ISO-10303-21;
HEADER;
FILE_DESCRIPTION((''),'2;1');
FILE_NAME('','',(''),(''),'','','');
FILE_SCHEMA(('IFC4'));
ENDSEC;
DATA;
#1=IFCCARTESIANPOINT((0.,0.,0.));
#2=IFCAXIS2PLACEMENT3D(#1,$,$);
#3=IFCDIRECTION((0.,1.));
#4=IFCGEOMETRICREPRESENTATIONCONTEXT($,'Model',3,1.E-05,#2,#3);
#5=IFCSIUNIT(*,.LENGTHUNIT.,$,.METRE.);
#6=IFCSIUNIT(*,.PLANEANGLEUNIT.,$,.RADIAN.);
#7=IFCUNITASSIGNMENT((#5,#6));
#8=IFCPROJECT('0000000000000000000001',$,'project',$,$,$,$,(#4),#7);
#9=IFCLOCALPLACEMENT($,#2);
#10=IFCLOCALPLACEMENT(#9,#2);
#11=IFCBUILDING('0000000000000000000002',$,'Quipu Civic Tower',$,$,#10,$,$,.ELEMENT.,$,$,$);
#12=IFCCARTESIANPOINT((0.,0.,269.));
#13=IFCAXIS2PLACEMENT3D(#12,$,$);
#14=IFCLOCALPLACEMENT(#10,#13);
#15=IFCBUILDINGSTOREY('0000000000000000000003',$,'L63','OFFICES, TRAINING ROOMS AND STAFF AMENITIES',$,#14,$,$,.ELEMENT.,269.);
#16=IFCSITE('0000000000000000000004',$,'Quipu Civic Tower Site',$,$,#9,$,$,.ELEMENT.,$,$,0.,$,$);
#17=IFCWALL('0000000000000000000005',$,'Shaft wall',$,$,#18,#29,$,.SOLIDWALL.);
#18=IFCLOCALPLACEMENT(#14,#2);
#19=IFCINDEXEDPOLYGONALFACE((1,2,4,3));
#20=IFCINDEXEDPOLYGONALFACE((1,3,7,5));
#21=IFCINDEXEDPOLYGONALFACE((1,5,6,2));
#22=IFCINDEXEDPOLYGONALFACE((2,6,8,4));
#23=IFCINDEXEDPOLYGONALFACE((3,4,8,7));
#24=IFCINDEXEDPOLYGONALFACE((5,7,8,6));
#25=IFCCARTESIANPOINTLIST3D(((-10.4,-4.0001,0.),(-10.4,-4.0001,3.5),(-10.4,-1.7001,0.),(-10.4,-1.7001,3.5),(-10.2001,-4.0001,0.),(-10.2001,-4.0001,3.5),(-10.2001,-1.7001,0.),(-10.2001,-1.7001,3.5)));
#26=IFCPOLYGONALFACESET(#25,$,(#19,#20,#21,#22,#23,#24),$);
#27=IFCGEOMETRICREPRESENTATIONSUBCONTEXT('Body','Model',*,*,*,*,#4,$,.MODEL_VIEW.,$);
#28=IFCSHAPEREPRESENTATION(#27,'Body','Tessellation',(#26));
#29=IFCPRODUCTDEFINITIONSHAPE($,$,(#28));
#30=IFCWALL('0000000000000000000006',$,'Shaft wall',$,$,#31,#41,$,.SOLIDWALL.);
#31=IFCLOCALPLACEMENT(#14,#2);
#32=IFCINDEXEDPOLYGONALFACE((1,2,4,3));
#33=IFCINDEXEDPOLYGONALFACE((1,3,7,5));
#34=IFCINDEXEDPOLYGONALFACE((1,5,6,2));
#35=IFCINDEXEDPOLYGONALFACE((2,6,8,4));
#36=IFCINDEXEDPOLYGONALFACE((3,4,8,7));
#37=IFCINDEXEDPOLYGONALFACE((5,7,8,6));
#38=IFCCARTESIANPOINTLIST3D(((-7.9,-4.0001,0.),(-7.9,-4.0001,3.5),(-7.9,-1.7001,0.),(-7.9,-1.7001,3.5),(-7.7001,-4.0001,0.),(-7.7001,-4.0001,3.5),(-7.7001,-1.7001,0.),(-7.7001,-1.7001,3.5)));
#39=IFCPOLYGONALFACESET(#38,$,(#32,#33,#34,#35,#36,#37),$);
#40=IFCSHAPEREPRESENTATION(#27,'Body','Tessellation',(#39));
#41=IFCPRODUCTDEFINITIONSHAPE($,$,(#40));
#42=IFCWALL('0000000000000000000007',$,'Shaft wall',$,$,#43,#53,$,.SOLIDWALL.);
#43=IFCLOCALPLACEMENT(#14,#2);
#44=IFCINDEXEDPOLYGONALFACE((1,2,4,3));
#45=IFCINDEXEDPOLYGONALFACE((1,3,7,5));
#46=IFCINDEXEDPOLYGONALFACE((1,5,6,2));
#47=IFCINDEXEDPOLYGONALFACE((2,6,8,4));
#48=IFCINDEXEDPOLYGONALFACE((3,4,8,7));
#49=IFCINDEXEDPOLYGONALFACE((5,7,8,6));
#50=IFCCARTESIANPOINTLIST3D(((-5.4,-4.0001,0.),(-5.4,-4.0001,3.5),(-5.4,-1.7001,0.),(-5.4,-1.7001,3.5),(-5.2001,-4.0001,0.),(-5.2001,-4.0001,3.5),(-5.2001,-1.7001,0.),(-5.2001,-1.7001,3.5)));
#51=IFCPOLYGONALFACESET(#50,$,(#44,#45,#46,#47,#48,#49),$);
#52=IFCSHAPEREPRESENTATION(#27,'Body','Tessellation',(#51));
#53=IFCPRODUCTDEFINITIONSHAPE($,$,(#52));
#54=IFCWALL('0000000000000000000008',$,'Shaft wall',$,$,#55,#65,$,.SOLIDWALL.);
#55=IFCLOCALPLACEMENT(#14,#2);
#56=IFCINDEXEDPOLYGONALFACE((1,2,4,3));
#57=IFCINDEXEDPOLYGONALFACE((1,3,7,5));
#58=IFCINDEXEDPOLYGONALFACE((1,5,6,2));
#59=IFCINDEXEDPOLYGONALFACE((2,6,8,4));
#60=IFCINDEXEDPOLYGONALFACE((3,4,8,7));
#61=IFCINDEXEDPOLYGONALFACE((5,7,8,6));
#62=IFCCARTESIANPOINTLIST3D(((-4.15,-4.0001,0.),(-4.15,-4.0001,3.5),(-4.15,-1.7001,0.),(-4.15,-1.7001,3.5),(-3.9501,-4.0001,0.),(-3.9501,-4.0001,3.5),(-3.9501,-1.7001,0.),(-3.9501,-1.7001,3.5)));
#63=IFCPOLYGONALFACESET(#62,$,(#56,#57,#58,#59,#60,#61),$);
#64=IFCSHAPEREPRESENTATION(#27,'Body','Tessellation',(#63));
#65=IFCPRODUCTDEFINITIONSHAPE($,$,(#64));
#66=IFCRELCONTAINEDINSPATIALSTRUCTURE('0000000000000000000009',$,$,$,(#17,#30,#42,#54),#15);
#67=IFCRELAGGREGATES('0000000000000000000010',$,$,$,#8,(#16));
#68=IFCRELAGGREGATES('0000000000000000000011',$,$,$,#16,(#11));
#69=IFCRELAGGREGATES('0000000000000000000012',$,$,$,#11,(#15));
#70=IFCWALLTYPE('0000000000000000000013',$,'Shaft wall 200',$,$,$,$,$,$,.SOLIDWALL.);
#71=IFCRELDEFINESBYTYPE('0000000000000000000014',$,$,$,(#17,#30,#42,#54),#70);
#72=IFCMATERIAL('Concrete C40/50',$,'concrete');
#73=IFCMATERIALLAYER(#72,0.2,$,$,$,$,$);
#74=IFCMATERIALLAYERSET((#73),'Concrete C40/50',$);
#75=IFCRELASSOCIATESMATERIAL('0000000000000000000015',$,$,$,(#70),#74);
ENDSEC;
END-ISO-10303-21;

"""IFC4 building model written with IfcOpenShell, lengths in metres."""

from ifc_helpers import new_model, si_unit, direction, frame, frame_2d, origin, place, context, subcontext, project, spatial, rectangle, extrude, material, layer, layer_set, type_object, element, save


model = new_model("IFC4")

# Units and contexts
model_context = context("Model", 3, precision=1e-05, world=origin(), true_north=direction((0.0, 1.0)))
body_context = subcontext(model_context, "Body", "Model", "MODEL_VIEW")
ifc_project = project(units=[si_unit("LENGTHUNIT", "METRE"), si_unit("PLANEANGLEUNIT", "RADIAN")], contexts=[model_context])

# Site, building, storey
site_placement = place(None, origin())
site = spatial("IfcSite", under=ifc_project, at=site_placement, Name="Quipu Civic Tower Site", CompositionType="ELEMENT", RefElevation=0.0)
building_placement = place(site_placement, origin())
building = spatial("IfcBuilding", under=site, at=building_placement, Name="Quipu Civic Tower", CompositionType="ELEMENT")
storey_placement = place(building_placement, frame((0.0, 0.0, 269.0)))
storey = spatial("IfcBuildingStorey", under=building, at=storey_placement, Name="L63", Description="OFFICES, TRAINING ROOMS AND STAFF AMENITIES", CompositionType="ELEMENT", Elevation=269.0)

# Walls
ifc_material_1 = material(Name="Concrete C40/50", Category="concrete")
ifc_layer_1 = layer(ifc_material_1, 0.2)
ifc_layer_set_1 = layer_set([ifc_layer_1], Name="Concrete C40/50")
wall_type_1 = type_object("IfcWallType", Name="Shaft wall 200", PredefinedType="SOLIDWALL", material=ifc_layer_set_1)
for number, where, z_axis, x_axis, name in (
    (1, (-10.3, -4.0, 0.0), (0.0, 0.0, 1.0), (0.0, 1.0, 0.0), "Shaft wall"),
    (2, (-7.8, -4.0, 0.0), (0.0, 0.0, 1.0), (0.0, 1.0, 0.0), "Shaft wall"),
    (3, (-5.3, -4.0, 0.0), (0.0, 0.0, 1.0), (0.0, 1.0, 0.0), "Shaft wall"),
    (4, (-4.05, -4.0, 0.0), (0.0, 0.0, 1.0), (0.0, 1.0, 0.0), "Shaft wall"),
):
    element("IfcWall", number, at=place(storey_placement, frame(where, z_axis=z_axis, x_axis=x_axis)), inside=storey, type_object=wall_type_1, Name=name, PredefinedType="SOLIDWALL", context=body_context, shape_type="SweptSolid", body=[
        extrude(rectangle(XDim=2.3, YDim=0.2, at=frame_2d((1.1499, 0.0))), origin(), (0.0, 0.0, 1.0), 3.5),
    ])

save(model, "model.ifc")
